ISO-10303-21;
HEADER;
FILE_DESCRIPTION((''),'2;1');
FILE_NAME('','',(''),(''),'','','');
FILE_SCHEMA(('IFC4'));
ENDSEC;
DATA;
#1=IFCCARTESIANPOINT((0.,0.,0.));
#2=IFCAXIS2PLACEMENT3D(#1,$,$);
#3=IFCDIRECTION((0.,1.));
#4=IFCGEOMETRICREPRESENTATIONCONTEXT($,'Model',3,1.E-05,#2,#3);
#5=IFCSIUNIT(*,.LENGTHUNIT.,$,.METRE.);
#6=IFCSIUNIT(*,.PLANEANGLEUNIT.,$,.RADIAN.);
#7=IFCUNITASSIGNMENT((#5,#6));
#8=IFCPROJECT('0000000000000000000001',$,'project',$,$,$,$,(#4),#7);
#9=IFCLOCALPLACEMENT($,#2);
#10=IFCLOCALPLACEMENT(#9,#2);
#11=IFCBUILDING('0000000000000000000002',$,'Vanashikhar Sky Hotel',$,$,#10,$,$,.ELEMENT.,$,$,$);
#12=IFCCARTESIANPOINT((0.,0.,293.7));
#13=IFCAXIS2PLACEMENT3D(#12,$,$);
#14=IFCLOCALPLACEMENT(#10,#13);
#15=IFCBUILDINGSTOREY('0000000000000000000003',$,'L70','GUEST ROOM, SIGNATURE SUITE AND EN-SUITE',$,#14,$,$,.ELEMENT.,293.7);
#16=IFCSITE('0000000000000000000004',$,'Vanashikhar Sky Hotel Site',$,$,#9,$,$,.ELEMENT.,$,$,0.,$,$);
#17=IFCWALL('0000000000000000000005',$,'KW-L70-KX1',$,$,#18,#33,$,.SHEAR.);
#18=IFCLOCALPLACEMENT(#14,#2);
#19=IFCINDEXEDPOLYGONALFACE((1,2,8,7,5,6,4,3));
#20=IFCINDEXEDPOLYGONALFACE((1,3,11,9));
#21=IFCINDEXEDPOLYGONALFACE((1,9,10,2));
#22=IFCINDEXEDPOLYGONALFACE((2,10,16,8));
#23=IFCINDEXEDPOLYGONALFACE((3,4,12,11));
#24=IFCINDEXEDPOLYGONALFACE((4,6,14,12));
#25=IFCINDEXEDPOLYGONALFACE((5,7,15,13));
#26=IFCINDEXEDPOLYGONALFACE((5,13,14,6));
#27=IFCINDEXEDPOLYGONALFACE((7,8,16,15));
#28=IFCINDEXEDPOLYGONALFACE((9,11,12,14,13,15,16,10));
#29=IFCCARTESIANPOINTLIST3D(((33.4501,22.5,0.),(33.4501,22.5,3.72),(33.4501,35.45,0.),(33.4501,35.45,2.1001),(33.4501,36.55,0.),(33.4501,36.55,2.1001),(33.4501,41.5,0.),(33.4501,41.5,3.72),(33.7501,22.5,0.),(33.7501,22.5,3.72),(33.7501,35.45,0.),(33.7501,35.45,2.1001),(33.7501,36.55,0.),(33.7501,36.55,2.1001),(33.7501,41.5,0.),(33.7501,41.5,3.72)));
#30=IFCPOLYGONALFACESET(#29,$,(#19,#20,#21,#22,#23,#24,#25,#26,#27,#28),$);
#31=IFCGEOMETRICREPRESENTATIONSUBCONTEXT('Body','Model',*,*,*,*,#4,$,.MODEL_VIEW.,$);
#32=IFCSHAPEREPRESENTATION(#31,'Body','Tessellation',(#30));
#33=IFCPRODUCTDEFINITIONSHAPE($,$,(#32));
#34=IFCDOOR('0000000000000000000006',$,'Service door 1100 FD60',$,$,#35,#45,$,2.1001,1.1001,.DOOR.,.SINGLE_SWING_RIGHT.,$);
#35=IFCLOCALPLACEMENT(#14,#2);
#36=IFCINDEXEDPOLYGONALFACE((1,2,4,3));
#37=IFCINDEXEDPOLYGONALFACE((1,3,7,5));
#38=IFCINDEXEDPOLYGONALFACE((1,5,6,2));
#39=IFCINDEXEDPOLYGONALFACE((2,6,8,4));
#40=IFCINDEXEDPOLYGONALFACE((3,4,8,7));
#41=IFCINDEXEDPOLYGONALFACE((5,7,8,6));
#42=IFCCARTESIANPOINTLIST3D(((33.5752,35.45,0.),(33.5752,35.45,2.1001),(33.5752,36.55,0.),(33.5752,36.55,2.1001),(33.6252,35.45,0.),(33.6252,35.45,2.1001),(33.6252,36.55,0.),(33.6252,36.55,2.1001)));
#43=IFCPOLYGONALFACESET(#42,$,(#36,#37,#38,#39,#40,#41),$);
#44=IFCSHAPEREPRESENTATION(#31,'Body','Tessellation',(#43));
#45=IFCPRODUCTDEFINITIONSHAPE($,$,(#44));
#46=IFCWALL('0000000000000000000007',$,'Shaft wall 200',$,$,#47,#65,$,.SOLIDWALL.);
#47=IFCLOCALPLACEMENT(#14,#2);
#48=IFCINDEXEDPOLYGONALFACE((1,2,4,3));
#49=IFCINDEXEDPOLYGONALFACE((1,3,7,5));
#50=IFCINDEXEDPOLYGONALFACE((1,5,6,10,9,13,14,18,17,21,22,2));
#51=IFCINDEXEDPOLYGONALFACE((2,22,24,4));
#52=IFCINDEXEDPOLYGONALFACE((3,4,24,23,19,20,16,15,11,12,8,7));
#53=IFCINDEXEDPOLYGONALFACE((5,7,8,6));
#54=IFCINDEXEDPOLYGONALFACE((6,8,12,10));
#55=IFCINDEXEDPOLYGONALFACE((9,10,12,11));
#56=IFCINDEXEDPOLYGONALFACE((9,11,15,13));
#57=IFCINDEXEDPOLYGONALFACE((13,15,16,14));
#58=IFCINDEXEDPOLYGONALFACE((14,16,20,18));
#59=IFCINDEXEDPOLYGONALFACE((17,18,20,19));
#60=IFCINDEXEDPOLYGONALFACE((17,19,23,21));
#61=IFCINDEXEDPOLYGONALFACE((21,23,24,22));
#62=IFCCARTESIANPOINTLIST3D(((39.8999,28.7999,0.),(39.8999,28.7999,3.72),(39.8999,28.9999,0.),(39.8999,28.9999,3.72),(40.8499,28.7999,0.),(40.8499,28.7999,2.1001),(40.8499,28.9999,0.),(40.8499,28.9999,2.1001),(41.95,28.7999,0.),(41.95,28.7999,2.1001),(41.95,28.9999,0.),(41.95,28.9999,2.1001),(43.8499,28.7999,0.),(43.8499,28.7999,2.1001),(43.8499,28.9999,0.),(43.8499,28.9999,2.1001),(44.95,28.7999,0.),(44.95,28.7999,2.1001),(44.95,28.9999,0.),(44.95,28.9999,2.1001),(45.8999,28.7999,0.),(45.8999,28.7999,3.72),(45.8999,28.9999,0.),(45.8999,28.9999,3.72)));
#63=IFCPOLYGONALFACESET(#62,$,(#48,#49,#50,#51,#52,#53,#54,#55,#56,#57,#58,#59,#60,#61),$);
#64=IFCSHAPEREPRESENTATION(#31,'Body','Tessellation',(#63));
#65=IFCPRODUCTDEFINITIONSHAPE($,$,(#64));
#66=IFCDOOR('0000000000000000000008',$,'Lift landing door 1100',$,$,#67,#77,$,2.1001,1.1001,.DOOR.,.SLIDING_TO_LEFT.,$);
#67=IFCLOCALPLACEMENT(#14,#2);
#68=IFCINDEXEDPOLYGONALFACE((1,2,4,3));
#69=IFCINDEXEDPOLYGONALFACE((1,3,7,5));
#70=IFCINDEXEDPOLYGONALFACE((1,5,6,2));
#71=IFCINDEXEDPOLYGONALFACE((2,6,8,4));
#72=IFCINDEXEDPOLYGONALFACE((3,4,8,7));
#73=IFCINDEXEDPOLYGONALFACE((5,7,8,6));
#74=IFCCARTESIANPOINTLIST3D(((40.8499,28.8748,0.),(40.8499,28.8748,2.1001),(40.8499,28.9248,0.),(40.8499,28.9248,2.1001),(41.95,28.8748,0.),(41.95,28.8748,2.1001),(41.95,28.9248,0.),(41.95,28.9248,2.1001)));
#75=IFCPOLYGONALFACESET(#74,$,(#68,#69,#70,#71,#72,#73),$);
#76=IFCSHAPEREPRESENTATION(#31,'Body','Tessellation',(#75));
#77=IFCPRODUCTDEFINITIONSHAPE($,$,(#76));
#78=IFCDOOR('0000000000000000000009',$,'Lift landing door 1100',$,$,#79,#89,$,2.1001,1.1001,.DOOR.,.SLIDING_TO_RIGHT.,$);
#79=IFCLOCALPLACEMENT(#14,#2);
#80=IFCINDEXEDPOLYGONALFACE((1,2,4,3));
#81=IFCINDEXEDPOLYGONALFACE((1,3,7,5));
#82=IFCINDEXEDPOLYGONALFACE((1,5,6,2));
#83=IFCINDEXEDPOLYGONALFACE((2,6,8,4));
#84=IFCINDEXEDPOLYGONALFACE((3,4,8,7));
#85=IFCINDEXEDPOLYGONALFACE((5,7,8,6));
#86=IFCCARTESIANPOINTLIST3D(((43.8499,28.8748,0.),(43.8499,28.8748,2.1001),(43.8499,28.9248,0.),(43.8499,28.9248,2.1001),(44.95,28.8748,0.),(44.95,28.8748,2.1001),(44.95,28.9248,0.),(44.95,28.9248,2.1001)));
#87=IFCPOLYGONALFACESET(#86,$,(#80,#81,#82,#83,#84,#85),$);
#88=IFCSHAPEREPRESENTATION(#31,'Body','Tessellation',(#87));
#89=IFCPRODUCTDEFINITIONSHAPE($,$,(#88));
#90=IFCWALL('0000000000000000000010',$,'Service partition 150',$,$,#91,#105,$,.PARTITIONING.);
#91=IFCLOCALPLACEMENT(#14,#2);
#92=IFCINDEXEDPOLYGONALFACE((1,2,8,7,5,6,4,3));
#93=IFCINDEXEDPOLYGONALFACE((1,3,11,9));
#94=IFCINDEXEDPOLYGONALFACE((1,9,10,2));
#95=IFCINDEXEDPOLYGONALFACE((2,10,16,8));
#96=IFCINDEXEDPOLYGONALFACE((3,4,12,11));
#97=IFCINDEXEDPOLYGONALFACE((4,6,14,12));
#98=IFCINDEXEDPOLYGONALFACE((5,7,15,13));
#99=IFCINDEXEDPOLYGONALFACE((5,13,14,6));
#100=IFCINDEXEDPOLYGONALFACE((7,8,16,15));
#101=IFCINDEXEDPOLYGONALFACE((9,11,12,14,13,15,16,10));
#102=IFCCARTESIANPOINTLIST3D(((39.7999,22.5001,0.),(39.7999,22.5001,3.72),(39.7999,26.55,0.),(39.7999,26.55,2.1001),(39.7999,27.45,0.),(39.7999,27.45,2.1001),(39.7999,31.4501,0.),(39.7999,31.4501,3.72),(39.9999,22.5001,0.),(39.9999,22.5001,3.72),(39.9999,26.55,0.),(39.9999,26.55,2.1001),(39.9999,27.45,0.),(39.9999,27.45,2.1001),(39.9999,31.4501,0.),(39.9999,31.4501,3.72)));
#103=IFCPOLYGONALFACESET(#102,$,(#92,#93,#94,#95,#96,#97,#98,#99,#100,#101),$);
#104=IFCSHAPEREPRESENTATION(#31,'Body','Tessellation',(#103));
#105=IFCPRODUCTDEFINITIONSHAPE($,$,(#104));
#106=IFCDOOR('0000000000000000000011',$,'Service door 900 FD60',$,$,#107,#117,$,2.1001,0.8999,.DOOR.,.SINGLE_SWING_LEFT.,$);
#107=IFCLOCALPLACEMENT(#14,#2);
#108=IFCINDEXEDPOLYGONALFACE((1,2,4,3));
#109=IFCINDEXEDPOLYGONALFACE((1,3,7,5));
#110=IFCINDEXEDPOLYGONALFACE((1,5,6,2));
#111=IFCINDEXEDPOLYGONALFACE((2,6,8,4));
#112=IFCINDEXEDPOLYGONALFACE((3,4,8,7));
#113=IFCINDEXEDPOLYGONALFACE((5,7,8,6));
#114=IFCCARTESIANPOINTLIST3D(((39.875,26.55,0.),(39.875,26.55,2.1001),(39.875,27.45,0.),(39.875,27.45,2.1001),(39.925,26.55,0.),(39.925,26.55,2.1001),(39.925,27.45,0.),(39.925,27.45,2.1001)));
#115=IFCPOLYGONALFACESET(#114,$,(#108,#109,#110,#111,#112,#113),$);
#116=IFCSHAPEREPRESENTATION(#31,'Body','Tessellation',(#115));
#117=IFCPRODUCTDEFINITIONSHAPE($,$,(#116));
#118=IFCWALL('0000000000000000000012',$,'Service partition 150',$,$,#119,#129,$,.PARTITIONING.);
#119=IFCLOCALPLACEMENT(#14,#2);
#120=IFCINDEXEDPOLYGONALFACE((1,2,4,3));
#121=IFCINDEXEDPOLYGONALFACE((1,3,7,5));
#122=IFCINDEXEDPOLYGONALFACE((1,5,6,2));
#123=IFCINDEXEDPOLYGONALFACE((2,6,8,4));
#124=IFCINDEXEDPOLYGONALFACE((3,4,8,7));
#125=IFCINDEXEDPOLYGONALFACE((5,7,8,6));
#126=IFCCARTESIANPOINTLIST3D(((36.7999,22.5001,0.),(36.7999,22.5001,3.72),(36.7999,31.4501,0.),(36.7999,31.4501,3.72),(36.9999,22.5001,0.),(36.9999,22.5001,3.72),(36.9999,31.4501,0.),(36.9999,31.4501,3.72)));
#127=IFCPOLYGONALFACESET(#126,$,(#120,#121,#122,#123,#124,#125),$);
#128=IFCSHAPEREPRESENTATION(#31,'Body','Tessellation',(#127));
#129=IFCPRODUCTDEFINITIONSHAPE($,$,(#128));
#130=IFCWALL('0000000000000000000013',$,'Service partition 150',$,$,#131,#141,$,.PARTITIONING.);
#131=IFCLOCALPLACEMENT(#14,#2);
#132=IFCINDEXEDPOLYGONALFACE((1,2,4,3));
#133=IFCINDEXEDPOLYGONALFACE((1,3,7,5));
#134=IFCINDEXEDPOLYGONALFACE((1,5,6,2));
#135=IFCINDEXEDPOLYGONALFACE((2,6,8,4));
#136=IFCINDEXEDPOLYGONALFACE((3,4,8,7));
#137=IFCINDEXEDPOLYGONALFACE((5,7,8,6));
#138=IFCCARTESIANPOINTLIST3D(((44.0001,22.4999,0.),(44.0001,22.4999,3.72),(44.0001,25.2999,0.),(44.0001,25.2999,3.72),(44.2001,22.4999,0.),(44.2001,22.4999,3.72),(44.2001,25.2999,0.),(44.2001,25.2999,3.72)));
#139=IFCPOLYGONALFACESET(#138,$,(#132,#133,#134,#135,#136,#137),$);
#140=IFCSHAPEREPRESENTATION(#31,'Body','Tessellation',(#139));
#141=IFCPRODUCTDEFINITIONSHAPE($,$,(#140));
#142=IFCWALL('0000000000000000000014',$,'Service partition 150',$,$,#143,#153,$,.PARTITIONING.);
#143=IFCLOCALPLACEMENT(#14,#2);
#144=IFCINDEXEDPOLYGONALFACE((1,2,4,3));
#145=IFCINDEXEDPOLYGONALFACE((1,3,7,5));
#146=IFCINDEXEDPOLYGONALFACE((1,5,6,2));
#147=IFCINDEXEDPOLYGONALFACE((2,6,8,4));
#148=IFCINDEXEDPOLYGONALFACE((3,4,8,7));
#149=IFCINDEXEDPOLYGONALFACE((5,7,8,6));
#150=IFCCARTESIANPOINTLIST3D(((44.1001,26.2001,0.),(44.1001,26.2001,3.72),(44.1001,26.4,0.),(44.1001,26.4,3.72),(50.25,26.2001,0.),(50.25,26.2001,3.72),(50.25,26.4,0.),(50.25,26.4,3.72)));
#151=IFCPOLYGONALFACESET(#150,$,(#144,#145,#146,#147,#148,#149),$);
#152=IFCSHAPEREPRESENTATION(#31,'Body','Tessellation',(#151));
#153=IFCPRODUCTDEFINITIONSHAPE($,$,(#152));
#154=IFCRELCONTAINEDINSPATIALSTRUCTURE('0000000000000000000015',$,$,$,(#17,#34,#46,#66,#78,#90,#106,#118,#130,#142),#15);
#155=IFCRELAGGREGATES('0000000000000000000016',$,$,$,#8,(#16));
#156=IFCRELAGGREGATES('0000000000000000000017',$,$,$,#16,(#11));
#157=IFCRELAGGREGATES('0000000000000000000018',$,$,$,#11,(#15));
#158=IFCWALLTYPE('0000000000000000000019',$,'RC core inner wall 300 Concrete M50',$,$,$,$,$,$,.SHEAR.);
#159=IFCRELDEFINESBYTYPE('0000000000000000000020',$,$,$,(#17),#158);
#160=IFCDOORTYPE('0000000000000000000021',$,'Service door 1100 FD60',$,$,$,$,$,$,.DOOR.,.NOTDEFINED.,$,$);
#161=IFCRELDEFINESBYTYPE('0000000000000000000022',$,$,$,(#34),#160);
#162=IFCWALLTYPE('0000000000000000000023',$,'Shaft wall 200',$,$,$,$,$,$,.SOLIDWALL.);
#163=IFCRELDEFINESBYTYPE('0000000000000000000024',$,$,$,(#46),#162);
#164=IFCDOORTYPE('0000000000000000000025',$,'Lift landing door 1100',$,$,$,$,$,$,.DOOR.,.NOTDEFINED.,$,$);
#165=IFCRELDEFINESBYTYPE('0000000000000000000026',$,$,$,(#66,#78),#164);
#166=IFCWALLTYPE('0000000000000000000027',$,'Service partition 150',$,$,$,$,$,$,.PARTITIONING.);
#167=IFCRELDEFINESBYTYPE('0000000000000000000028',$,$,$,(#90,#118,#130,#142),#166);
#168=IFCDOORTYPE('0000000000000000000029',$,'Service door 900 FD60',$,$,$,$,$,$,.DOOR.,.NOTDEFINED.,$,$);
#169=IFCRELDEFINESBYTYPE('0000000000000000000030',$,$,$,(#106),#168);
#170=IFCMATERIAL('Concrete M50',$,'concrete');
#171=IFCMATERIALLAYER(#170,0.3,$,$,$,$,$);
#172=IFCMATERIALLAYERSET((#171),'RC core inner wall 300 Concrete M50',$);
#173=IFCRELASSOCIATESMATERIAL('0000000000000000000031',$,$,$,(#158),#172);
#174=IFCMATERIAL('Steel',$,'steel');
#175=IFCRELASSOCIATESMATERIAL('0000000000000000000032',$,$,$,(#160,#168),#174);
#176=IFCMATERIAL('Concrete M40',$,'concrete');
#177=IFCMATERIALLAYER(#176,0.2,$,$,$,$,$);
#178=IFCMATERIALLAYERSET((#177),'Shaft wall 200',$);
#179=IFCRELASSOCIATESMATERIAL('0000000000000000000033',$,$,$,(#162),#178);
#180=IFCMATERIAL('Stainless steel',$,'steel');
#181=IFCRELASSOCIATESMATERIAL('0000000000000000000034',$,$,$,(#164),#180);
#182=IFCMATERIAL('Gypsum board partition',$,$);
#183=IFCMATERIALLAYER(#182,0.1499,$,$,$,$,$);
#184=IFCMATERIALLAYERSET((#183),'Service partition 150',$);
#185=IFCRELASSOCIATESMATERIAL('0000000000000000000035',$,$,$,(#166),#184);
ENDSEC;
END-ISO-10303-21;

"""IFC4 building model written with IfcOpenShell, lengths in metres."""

from ifc_helpers import new_model, si_unit, direction, frame, frame_2d, origin, place, context, subcontext, project, spatial, rectangle, extrude, source, transform, mapped, material, layer, layer_set, type_object, element, fill, save


model = new_model("IFC4")

# Units and contexts
model_context = context("Model", 3, precision=1e-05, world=origin(), true_north=direction((0.0, 1.0)))
body_context = subcontext(model_context, "Body", "Model", "MODEL_VIEW")
ifc_project = project(units=[si_unit("LENGTHUNIT", "METRE"), si_unit("PLANEANGLEUNIT", "RADIAN")], contexts=[model_context])

# Site, building, storey
site_placement = place(None, origin())
site = spatial("IfcSite", under=ifc_project, at=site_placement, Name="Vanashikhar Sky Hotel Site", CompositionType="ELEMENT", RefElevation=0.0)
building_placement = place(site_placement, origin())
building = spatial("IfcBuilding", under=site, at=building_placement, Name="Vanashikhar Sky Hotel", CompositionType="ELEMENT")
storey_placement = place(building_placement, frame((0.0, 0.0, 293.7)))
storey = spatial("IfcBuildingStorey", under=building, at=storey_placement, Name="L70", Description="GUEST ROOM, SIGNATURE SUITE AND EN-SUITE", CompositionType="ELEMENT", Elevation=293.7)

# Wall, opening, door
ifc_material_1 = material(Name="Concrete M50", Category="concrete")
ifc_layer_1 = layer(ifc_material_1, 0.3)
ifc_layer_set_1 = layer_set([ifc_layer_1], Name="RC core inner wall 300 Concrete M50")
wall_type_1 = type_object("IfcWallType", Name="RC core inner wall 300 Concrete M50", PredefinedType="SHEAR", material=ifc_layer_set_1)
shared_shape_1 = source(origin(), body_context, "Body", "SweptSolid", [
    extrude(rectangle(XDim=19.0, YDim=0.3, at=frame_2d((9.5, 0.0))), origin(), (0.0, 0.0, 1.0), 3.72),
])
wall_1_placement = place(storey_placement, frame((33.6001, 22.5, 0.0), z_axis=(0.0, 0.0, 1.0), x_axis=(0.0, 1.0, 0.0)))
wall_1 = element("IfcWall", 1, at=wall_1_placement, inside=storey, type_object=wall_type_1, Name="KW-L70-KX1", PredefinedType="SHEAR", context=body_context, shape_type="MappedRepresentation", body=[
    mapped(shared_shape_1, transform((0.0, 0.0, 0.0), scale=1.0)),
])
shared_shape_2 = source(origin(), body_context, "Body", "SweptSolid", [
    extrude(rectangle(XDim=1.1001, YDim=2.1001, at=frame_2d((0.55, 1.05))), frame((0.0, 0.1602, 0.0), z_axis=(0.0, -1.0, 0.0), x_axis=(1.0, 0.0, 0.0)), (0.0, 0.0, 1.0), 0.3201),
])
opening_1_placement = place(wall_1_placement, frame((12.95, 0.0, 0.0)))
opening_1 = element("IfcOpeningElement", 2, at=opening_1_placement, cuts=wall_1, PredefinedType="OPENING", context=body_context, shape_type="MappedRepresentation", body=[
    mapped(shared_shape_2, transform((0.0, 0.0, 0.0), scale=1.0)),
])
ifc_material_2 = material(Name="Steel", Category="steel")
door_type_1 = type_object("IfcDoorType", Name="Service door 1100 FD60", OperationType="NOTDEFINED", PredefinedType="DOOR", material=ifc_material_2)
shared_shape_3 = source(origin(), body_context, "Body", "SweptSolid", [
    extrude(rectangle(XDim=1.1001, YDim=2.1001, at=frame_2d((0.55, 1.05))), frame((0.0, 0.0249, 0.0), z_axis=(0.0, -1.0, 0.0), x_axis=(1.0, 0.0, 0.0)), (0.0, 0.0, 1.0), 0.05),
])
door_1_placement = place(opening_1_placement, origin())
door_1 = element("IfcDoor", 3, at=door_1_placement, inside=storey, type_object=door_type_1, Name="Service door 1100 FD60", OperationType="SINGLE_SWING_RIGHT", OverallHeight=2.1001, OverallWidth=1.1001, PredefinedType="DOOR", context=body_context, shape_type="MappedRepresentation", body=[
    mapped(shared_shape_3, transform((0.0, 0.0, 0.0), scale=1.0)),
])
fill(opening_1, door_1)

# Wall, openings, doors
ifc_material_3 = material(Name="Concrete M40", Category="concrete")
ifc_layer_2 = layer(ifc_material_3, 0.2)
ifc_layer_set_2 = layer_set([ifc_layer_2], Name="Shaft wall 200")
wall_type_2 = type_object("IfcWallType", Name="Shaft wall 200", PredefinedType="SOLIDWALL", material=ifc_layer_set_2)
shared_shape_4 = source(origin(), body_context, "Body", "SweptSolid", [
    extrude(rectangle(XDim=6.0, YDim=0.2, at=frame_2d((3.0, 0.0))), origin(), (0.0, 0.0, 1.0), 3.72),
])
wall_2_placement = place(storey_placement, frame((39.8999, 28.8999, 0.0), z_axis=(0.0, 0.0, 1.0), x_axis=(1.0, 0.0, 0.0)))
wall_2 = element("IfcWall", 4, at=wall_2_placement, inside=storey, type_object=wall_type_2, Name="Shaft wall 200", PredefinedType="SOLIDWALL", context=body_context, shape_type="MappedRepresentation", body=[
    mapped(shared_shape_4, transform((0.0, 0.0, 0.0), scale=1.0)),
])
shared_shape_5 = source(origin(), body_context, "Body", "SweptSolid", [
    extrude(rectangle(XDim=1.1001, YDim=2.1001, at=frame_2d((0.55, 1.05))), frame((0.0, 0.1099, 0.0), z_axis=(0.0, -1.0, 0.0), x_axis=(1.0, 0.0, 0.0)), (0.0, 0.0, 1.0), 0.22),
])
opening_2_placement = place(wall_2_placement, frame((0.95, 0.0, 0.0)))
opening_2 = element("IfcOpeningElement", 5, at=opening_2_placement, cuts=wall_2, PredefinedType="OPENING", context=body_context, shape_type="MappedRepresentation", body=[
    mapped(shared_shape_5, transform((0.0, 0.0, 0.0), scale=1.0)),
])
opening_3_placement = place(wall_2_placement, frame((3.95, 0.0, 0.0)))
opening_3 = element("IfcOpeningElement", 6, at=opening_3_placement, cuts=wall_2, PredefinedType="OPENING", context=body_context, shape_type="MappedRepresentation", body=[
    mapped(shared_shape_5, transform((0.0, 0.0, 0.0), scale=1.0)),
])
ifc_material_4 = material(Name="Stainless steel", Category="steel")
door_type_2 = type_object("IfcDoorType", Name="Lift landing door 1100", OperationType="NOTDEFINED", PredefinedType="DOOR", material=ifc_material_4)
door_2_placement = place(opening_2_placement, origin())
door_2 = element("IfcDoor", 7, at=door_2_placement, inside=storey, type_object=door_type_2, Name="Lift landing door 1100", OperationType="SLIDING_TO_LEFT", OverallHeight=2.1001, OverallWidth=1.1001, PredefinedType="DOOR", context=body_context, shape_type="MappedRepresentation", body=[
    mapped(shared_shape_3, transform((0.0, 0.0, 0.0), scale=1.0)),
])
fill(opening_2, door_2)
door_3_placement = place(opening_3_placement, origin())
door_3 = element("IfcDoor", 8, at=door_3_placement, inside=storey, type_object=door_type_2, Name="Lift landing door 1100", OperationType="SLIDING_TO_RIGHT", OverallHeight=2.1001, OverallWidth=1.1001, PredefinedType="DOOR", context=body_context, shape_type="MappedRepresentation", body=[
    mapped(shared_shape_3, transform((0.0, 0.0, 0.0), scale=1.0)),
])
fill(opening_3, door_3)

# Wall, opening, door
ifc_material_5 = material(Name="Gypsum board partition")
ifc_layer_3 = layer(ifc_material_5, 0.1499)
ifc_layer_set_3 = layer_set([ifc_layer_3], Name="Service partition 150")
wall_type_3 = type_object("IfcWallType", Name="Service partition 150", PredefinedType="PARTITIONING", material=ifc_layer_set_3)
shared_shape_6 = source(origin(), body_context, "Body", "SweptSolid", [
    extrude(rectangle(XDim=8.95, YDim=0.2, at=frame_2d((4.4751, 0.0))), origin(), (0.0, 0.0, 1.0), 3.72),
])
wall_3_placement = place(storey_placement, frame((39.8999, 22.5, 0.0), z_axis=(0.0, 0.0, 1.0), x_axis=(0.0, 1.0, 0.0)))
wall_3 = element("IfcWall", 9, at=wall_3_placement, inside=storey, type_object=wall_type_3, Name="Service partition 150", PredefinedType="PARTITIONING", context=body_context, shape_type="MappedRepresentation", body=[
    mapped(shared_shape_6, transform((0.0, 0.0, 0.0), scale=1.0)),
])
shared_shape_7 = source(origin(), body_context, "Body", "SweptSolid", [
    extrude(rectangle(XDim=0.8999, YDim=2.1001, at=frame_2d((0.45, 1.05))), frame((0.0, 0.1099, 0.0), z_axis=(0.0, -1.0, 0.0), x_axis=(1.0, 0.0, 0.0)), (0.0, 0.0, 1.0), 0.22),
])
opening_4_placement = place(wall_3_placement, frame((4.05, 0.0, 0.0)))
opening_4 = element("IfcOpeningElement", 10, at=opening_4_placement, cuts=wall_3, PredefinedType="OPENING", context=body_context, shape_type="MappedRepresentation", body=[
    mapped(shared_shape_7, transform((0.0, 0.0, 0.0), scale=1.0)),
])
door_type_3 = type_object("IfcDoorType", Name="Service door 900 FD60", OperationType="NOTDEFINED", PredefinedType="DOOR", material=ifc_material_2)
shared_shape_8 = source(origin(), body_context, "Body", "SweptSolid", [
    extrude(rectangle(XDim=0.8999, YDim=2.1001, at=frame_2d((0.45, 1.05))), frame((0.0, 0.0249, 0.0), z_axis=(0.0, -1.0, 0.0), x_axis=(1.0, 0.0, 0.0)), (0.0, 0.0, 1.0), 0.05),
])
door_4_placement = place(opening_4_placement, origin())
door_4 = element("IfcDoor", 11, at=door_4_placement, inside=storey, type_object=door_type_3, Name="Service door 900 FD60", OperationType="SINGLE_SWING_LEFT", OverallHeight=2.1001, OverallWidth=0.8999, PredefinedType="DOOR", context=body_context, shape_type="MappedRepresentation", body=[
    mapped(shared_shape_8, transform((0.0, 0.0, 0.0), scale=1.0)),
])
fill(opening_4, door_4)

# Walls
wall_4_placement = place(storey_placement, frame((36.8999, 22.5, 0.0), z_axis=(0.0, 0.0, 1.0), x_axis=(0.0, 1.0, 0.0)))
element("IfcWall", 12, at=wall_4_placement, inside=storey, type_object=wall_type_3, Name="Service partition 150", PredefinedType="PARTITIONING", context=body_context, shape_type="MappedRepresentation", body=[
    mapped(shared_shape_6, transform((0.0, 0.0, 0.0), scale=1.0)),
])
shared_shape_9 = source(origin(), body_context, "Body", "SweptSolid", [
    extrude(rectangle(XDim=2.8, YDim=0.2, at=frame_2d((1.3999, 0.0))), origin(), (0.0, 0.0, 1.0), 3.72),
])
wall_5_placement = place(storey_placement, frame((44.1001, 22.5, 0.0), z_axis=(0.0, 0.0, 1.0), x_axis=(0.0, 1.0, 0.0)))
element("IfcWall", 13, at=wall_5_placement, inside=storey, type_object=wall_type_3, Name="Service partition 150", PredefinedType="PARTITIONING", context=body_context, shape_type="MappedRepresentation", body=[
    mapped(shared_shape_9, transform((0.0, 0.0, 0.0), scale=1.0)),
])
shared_shape_10 = source(origin(), body_context, "Body", "SweptSolid", [
    extrude(rectangle(XDim=6.1499, YDim=0.2, at=frame_2d((3.075, 0.0))), origin(), (0.0, 0.0, 1.0), 3.72),
])
wall_6_placement = place(storey_placement, frame((44.1001, 26.3, 0.0), z_axis=(0.0, 0.0, 1.0), x_axis=(1.0, 0.0, 0.0)))
element("IfcWall", 14, at=wall_6_placement, inside=storey, type_object=wall_type_3, Name="Service partition 150", PredefinedType="PARTITIONING", context=body_context, shape_type="MappedRepresentation", body=[
    mapped(shared_shape_10, transform((0.0, 0.0, 0.0), scale=1.0)),
])

save(model, "model.ifc")
